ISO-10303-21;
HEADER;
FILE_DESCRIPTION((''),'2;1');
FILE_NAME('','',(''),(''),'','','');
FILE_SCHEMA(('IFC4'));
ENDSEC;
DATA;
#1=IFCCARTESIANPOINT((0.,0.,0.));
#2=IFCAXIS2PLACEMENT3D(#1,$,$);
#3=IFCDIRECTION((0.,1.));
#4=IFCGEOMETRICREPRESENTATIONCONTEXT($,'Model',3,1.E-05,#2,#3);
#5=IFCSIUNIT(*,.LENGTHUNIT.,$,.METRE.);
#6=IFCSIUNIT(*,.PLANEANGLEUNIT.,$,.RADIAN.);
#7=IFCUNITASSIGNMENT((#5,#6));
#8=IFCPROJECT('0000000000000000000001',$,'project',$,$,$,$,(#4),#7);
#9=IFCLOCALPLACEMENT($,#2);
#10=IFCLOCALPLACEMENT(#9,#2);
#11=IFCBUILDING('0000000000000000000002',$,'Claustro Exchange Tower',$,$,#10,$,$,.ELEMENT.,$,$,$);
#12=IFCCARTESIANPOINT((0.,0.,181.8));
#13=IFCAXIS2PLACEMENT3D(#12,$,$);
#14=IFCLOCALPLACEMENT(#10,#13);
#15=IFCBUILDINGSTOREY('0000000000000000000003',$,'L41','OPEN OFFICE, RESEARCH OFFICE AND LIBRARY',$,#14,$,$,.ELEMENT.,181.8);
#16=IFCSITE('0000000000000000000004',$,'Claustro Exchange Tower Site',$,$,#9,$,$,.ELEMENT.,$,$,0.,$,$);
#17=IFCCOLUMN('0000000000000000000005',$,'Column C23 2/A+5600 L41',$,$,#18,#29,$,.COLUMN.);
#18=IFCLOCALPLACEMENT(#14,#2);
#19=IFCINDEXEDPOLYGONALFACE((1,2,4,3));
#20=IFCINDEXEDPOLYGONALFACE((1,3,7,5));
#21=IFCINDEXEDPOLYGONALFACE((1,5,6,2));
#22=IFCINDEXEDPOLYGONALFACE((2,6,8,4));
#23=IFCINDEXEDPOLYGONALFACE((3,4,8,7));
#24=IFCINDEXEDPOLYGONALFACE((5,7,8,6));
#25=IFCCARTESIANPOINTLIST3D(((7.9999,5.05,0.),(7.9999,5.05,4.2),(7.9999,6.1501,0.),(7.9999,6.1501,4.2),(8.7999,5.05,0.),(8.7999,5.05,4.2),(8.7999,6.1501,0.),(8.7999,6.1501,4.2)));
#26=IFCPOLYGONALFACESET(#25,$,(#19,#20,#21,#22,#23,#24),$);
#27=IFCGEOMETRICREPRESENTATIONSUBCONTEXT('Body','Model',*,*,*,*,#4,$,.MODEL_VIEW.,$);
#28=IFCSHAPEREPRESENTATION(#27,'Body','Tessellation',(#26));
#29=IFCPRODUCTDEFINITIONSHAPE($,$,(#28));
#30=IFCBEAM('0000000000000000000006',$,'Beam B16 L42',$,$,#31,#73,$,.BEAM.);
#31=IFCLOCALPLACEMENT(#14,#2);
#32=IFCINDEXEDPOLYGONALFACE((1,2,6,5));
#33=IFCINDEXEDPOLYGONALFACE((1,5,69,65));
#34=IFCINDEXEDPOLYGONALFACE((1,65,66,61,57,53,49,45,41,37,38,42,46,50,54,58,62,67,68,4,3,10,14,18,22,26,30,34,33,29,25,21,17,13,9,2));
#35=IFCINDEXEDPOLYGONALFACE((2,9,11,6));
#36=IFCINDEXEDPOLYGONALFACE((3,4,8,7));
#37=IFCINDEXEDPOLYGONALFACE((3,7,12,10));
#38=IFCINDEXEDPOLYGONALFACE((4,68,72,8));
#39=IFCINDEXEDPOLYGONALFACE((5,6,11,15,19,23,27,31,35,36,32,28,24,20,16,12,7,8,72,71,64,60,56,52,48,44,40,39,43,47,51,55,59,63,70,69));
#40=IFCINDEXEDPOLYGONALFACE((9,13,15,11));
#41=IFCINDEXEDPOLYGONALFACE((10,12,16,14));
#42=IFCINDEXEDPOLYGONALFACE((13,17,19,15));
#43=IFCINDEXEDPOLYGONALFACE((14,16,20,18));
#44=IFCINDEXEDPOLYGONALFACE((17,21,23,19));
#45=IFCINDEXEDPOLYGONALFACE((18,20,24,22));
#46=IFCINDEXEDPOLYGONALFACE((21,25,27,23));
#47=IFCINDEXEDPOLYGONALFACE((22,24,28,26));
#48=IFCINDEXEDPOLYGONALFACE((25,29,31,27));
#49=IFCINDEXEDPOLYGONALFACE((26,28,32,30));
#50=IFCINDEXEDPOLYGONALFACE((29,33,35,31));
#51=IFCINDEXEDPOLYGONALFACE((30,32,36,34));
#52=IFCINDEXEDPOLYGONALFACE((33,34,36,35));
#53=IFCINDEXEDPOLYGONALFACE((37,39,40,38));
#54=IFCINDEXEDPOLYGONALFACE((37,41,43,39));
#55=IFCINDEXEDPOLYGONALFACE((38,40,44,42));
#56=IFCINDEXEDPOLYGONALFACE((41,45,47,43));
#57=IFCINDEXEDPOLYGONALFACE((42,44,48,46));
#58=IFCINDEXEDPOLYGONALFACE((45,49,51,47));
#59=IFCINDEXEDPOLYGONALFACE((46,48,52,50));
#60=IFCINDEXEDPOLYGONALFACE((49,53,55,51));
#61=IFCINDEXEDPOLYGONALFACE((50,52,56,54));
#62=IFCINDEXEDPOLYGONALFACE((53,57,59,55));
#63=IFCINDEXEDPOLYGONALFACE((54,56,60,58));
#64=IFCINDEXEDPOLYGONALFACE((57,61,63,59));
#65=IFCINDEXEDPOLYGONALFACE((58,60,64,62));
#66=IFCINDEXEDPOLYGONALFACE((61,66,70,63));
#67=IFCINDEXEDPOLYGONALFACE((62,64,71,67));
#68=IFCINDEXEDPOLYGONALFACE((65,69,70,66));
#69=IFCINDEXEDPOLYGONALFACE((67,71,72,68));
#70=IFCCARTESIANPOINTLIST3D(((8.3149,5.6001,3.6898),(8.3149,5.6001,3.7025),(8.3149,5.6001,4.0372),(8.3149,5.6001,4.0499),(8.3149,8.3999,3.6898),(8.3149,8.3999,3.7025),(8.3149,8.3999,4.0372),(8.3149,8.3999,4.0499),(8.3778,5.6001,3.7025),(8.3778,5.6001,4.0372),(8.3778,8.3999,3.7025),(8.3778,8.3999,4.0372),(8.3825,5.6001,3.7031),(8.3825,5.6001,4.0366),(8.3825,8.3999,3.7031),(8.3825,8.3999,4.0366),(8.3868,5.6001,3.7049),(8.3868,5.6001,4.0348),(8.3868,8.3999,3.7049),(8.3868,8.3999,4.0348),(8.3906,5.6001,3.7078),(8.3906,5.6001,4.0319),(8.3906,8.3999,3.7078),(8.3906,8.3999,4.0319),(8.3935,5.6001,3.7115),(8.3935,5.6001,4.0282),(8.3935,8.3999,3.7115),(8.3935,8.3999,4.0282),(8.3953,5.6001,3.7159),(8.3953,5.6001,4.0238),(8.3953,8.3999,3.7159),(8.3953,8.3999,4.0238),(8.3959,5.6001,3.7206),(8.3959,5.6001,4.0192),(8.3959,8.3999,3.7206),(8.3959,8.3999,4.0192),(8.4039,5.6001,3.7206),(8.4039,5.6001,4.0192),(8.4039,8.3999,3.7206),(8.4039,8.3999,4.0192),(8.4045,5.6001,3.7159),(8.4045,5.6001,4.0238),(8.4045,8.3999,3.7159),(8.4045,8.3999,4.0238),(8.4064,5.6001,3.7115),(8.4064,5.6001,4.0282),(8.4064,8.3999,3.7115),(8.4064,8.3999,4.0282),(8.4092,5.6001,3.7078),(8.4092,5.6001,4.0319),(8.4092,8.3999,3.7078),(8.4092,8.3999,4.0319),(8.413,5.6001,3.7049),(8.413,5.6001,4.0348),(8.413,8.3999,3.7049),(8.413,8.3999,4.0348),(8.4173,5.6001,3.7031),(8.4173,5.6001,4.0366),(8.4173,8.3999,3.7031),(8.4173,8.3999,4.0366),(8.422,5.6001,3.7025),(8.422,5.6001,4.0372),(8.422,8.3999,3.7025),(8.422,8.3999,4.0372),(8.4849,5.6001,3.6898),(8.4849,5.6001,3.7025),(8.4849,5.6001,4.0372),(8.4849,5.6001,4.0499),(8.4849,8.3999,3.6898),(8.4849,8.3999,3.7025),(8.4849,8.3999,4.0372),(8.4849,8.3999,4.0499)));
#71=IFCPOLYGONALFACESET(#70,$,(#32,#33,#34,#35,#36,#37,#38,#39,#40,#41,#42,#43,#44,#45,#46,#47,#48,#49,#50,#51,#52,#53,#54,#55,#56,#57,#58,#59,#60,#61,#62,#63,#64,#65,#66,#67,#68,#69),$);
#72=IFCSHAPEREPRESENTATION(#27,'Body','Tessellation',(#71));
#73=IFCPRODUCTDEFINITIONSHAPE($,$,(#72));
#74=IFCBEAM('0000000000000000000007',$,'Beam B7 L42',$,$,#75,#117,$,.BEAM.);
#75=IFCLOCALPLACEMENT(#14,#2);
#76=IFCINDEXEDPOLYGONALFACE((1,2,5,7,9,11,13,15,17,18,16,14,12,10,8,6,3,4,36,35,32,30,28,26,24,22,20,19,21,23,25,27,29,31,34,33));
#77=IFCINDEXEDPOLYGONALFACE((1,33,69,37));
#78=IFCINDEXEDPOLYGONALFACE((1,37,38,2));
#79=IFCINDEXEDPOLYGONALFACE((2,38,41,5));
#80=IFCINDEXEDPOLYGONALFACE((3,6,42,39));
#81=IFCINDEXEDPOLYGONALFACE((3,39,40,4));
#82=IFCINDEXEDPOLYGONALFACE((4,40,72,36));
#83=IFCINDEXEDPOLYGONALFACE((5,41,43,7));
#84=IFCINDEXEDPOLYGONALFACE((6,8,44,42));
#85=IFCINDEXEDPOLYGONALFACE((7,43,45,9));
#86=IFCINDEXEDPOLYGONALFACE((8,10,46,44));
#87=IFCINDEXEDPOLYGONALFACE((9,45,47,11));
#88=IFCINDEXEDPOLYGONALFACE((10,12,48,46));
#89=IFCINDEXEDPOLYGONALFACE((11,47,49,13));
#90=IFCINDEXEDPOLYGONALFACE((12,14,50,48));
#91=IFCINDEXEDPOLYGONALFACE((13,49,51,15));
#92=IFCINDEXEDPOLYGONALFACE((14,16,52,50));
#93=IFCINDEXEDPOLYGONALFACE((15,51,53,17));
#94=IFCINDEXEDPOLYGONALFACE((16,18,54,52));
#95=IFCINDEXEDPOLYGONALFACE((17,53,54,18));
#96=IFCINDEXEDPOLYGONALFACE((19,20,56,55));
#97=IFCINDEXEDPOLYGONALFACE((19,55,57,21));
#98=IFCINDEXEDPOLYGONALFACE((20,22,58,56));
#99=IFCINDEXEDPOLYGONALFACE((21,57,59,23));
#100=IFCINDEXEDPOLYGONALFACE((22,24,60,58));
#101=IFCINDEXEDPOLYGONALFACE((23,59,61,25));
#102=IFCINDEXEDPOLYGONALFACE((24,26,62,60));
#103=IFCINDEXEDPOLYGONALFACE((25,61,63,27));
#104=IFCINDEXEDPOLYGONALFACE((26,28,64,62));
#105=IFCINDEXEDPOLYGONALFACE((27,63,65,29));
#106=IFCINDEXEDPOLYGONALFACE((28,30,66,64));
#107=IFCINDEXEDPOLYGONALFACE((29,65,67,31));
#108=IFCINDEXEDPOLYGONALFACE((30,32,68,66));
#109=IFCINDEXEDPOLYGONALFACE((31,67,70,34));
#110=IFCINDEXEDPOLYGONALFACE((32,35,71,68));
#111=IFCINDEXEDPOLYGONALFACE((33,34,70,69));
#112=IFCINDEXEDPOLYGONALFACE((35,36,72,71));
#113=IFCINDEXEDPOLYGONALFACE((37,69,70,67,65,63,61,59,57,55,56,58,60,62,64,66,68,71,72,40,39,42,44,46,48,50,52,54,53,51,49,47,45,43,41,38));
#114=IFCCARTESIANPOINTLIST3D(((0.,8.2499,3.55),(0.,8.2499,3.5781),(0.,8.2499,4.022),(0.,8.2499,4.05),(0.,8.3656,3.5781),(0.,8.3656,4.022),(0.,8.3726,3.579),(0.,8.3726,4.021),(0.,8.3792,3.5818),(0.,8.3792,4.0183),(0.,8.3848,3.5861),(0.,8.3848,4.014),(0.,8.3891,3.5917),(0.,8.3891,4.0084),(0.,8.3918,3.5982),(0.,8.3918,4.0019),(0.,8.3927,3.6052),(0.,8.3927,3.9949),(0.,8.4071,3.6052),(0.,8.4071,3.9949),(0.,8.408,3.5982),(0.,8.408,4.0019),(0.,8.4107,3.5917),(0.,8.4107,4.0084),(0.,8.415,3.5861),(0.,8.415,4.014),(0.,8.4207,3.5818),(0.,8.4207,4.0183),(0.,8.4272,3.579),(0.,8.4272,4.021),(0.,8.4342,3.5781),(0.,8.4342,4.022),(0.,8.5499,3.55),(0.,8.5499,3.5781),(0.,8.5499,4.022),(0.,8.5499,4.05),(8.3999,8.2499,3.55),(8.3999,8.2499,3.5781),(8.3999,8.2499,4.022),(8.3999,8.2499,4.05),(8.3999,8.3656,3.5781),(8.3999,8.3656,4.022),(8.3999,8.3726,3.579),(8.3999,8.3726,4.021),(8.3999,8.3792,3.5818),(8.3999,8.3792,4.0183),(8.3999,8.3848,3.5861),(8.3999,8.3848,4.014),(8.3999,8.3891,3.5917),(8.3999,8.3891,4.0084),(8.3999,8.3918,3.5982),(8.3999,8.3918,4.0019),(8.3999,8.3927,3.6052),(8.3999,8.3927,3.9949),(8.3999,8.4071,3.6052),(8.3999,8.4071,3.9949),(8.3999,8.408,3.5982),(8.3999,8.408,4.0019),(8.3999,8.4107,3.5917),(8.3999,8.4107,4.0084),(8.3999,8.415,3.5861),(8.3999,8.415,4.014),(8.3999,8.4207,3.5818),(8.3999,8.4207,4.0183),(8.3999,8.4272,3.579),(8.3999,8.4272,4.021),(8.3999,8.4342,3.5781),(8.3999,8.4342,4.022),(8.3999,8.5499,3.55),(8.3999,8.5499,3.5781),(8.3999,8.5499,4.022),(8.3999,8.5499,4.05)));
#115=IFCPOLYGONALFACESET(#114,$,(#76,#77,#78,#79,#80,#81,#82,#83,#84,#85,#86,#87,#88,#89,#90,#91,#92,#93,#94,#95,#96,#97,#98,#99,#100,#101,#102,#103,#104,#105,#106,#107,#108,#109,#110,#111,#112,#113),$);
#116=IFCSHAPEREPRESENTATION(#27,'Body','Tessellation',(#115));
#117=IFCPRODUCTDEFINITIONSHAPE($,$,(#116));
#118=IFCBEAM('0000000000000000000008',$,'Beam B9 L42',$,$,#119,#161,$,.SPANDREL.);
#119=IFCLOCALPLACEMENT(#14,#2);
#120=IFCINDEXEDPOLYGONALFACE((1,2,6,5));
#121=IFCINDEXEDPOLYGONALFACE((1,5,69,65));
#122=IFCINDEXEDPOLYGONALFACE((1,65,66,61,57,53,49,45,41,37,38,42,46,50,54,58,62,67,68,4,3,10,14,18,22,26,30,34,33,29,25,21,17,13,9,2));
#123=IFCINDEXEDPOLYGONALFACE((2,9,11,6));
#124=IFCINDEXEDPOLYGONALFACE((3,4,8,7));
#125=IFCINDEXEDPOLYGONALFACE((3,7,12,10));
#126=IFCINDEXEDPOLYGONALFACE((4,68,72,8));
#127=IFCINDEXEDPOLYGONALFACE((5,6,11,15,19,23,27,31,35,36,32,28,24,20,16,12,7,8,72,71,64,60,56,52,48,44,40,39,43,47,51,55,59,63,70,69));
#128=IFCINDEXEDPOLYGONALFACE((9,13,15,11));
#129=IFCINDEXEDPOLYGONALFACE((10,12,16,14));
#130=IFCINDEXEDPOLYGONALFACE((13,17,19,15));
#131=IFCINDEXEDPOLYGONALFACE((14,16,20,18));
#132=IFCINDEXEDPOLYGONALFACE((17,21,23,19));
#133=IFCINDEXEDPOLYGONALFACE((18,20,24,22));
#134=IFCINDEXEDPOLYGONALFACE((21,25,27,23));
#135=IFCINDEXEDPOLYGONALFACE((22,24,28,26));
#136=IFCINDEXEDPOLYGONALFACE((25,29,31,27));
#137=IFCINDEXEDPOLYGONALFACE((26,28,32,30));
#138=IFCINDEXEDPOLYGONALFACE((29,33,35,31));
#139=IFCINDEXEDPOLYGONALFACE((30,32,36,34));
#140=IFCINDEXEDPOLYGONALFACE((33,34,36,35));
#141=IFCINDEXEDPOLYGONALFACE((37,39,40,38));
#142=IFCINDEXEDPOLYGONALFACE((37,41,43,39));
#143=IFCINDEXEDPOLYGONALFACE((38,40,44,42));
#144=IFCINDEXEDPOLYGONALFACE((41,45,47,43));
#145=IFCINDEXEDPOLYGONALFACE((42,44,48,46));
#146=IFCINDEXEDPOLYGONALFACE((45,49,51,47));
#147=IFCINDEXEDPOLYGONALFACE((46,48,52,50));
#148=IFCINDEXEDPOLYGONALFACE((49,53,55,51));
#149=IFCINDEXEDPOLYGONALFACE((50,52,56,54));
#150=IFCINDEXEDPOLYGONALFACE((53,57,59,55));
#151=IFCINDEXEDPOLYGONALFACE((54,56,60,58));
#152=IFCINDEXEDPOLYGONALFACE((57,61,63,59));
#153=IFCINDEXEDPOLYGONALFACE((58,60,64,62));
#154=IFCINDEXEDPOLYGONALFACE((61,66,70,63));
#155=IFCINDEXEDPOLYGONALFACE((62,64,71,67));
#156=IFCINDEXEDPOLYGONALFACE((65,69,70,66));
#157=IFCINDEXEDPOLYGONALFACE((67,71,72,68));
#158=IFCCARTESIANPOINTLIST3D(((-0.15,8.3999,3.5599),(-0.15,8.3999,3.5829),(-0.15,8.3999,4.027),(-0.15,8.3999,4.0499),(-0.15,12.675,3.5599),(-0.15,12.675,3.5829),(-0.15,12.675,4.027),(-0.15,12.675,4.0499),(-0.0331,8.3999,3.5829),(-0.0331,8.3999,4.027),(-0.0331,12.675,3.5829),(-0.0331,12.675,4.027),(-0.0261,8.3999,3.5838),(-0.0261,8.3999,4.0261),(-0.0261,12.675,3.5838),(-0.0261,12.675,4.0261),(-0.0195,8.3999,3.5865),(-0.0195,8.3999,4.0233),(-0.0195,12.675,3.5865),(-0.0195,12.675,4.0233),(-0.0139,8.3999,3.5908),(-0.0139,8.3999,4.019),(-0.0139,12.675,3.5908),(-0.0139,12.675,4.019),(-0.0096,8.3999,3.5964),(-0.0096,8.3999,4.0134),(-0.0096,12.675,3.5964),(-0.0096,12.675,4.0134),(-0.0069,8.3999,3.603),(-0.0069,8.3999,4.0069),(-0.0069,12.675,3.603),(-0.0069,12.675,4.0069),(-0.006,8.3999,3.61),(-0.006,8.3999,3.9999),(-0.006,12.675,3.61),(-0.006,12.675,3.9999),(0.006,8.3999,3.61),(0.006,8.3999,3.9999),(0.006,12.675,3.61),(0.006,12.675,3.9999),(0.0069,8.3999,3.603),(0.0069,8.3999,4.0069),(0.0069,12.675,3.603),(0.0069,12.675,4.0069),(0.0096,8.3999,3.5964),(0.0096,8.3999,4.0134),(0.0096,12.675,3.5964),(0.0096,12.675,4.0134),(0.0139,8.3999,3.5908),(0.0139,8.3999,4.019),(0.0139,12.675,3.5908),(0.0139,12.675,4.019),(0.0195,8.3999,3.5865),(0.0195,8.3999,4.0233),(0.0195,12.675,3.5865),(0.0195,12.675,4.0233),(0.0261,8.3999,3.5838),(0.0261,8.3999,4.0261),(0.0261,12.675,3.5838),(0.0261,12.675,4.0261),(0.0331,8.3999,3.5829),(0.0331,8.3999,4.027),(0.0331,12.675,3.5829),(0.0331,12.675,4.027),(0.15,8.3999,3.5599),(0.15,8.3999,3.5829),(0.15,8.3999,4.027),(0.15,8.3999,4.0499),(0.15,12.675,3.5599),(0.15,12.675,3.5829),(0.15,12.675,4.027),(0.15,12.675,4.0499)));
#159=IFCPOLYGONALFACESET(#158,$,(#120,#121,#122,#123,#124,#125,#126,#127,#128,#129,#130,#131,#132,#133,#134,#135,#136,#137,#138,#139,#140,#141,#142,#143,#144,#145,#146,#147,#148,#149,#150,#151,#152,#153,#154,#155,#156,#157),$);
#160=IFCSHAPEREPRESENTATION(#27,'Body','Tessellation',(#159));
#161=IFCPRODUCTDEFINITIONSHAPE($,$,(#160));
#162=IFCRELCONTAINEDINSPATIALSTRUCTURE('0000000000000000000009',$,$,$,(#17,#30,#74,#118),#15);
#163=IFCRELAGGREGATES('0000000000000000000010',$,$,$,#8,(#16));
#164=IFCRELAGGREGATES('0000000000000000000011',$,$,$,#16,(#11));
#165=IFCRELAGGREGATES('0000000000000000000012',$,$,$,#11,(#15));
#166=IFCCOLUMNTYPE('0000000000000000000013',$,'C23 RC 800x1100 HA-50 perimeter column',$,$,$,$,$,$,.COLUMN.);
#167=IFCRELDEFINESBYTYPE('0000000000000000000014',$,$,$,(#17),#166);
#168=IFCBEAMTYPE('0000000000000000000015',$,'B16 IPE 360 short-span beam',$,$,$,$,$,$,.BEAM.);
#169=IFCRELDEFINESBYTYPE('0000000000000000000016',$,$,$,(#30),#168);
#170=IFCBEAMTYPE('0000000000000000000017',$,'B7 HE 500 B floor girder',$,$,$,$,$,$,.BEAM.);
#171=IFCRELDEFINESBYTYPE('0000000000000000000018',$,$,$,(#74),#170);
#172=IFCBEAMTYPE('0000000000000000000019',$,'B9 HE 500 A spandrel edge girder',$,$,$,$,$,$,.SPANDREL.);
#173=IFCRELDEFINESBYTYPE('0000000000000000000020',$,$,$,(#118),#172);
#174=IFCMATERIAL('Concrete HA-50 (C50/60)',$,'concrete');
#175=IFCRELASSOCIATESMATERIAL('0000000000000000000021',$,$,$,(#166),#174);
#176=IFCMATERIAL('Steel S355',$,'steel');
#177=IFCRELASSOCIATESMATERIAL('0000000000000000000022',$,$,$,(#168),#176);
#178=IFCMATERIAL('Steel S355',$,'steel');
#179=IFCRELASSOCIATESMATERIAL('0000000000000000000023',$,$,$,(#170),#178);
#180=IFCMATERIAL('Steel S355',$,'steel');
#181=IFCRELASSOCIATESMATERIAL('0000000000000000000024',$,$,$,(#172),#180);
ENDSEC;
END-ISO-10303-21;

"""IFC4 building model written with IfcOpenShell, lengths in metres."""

from ifc_helpers import new_model, si_unit, direction, frame, origin, origin_2d, place, context, subcontext, project, spatial, rectangle, i_section, extrude, material, material_profile, profile_set, type_object, element, save


model = new_model("IFC4")

# Units and contexts
model_context = context("Model", 3, precision=1e-05, world=origin(), true_north=direction((0.0, 1.0)))
body_context = subcontext(model_context, "Body", "Model", "MODEL_VIEW")
ifc_project = project(units=[si_unit("LENGTHUNIT", "METRE"), si_unit("PLANEANGLEUNIT", "RADIAN")], contexts=[model_context])

# Site, building, storey
site_placement = place(None, origin())
site = spatial("IfcSite", under=ifc_project, at=site_placement, Name="Claustro Exchange Tower Site", CompositionType="ELEMENT", RefElevation=0.0)
building_placement = place(site_placement, origin())
building = spatial("IfcBuilding", under=site, at=building_placement, Name="Claustro Exchange Tower", CompositionType="ELEMENT")
storey_placement = place(building_placement, frame((0.0, 0.0, 181.8)))
storey = spatial("IfcBuildingStorey", under=building, at=storey_placement, Name="L41", Description="OPEN OFFICE, RESEARCH OFFICE AND LIBRARY", CompositionType="ELEMENT", Elevation=181.8)

# Column
ifc_material_1 = material(Name="Concrete HA-50 (C50/60)", Category="concrete")
ifc_material_profile_1 = material_profile(ifc_material_1, rectangle(XDim=0.8, YDim=1.1001, at=origin_2d()), Name="RC 800x1100")
ifc_profile_set_1 = profile_set([ifc_material_profile_1], Name="Concrete HA-50 (C50/60)")
column_type = type_object("IfcColumnType", Name="C23 RC 800x1100 HA-50 perimeter column", PredefinedType="COLUMN", material=ifc_profile_set_1)
column_placement = place(storey_placement, frame((8.3999, 5.6001, 0.0), z_axis=(0.0, 0.0, 1.0), x_axis=(1.0, 0.0, 0.0)))
element("IfcColumn", 1, at=column_placement, inside=storey, type_object=column_type, Name="Column C23 2/A+5600 L41", PredefinedType="COLUMN", context=body_context, shape_type="SweptSolid", body=[
    extrude(rectangle(XDim=0.8, YDim=1.1001, at=origin_2d()), origin(), (0.0, 0.0, 1.0), 4.2),
])

# Beams
ifc_material_2 = material(Name="Steel S355", Category="steel")
ifc_material_profile_2 = material_profile(ifc_material_2, i_section(OverallWidth=0.1699, OverallDepth=0.3601, WebThickness=0.0081, FlangeThickness=0.0127, FilletRadius=0.0181, at=origin_2d()), Name="IPE 360")
ifc_profile_set_2 = profile_set([ifc_material_profile_2], Name="Steel S355")
beam_type_1 = type_object("IfcBeamType", Name="B16 IPE 360 short-span beam", PredefinedType="BEAM", material=ifc_profile_set_2)
beam_1_placement = place(storey_placement, frame((8.3999, 5.6001, 3.8699), z_axis=(0.0, 1.0, 0.0), x_axis=(-1.0, 0.0, 0.0)))
element("IfcBeam", 2, at=beam_1_placement, inside=storey, type_object=beam_type_1, Name="Beam B16 L42", PredefinedType="BEAM", context=body_context, shape_type="SweptSolid", body=[
    extrude(i_section(OverallWidth=0.1699, OverallDepth=0.3601, WebThickness=0.0081, FlangeThickness=0.0127, FilletRadius=0.0181, at=origin_2d()), origin(), (0.0, 0.0, 1.0), 2.7998),
])
ifc_material_3 = material(Name="Steel S355", Category="steel")
ifc_material_profile_3 = material_profile(ifc_material_3, i_section(OverallWidth=0.3, OverallDepth=0.5, WebThickness=0.0144, FlangeThickness=0.0281, FilletRadius=0.0271, at=origin_2d()), Name="HE 500 B")
ifc_profile_set_3 = profile_set([ifc_material_profile_3], Name="Steel S355")
beam_type_2 = type_object("IfcBeamType", Name="B7 HE 500 B floor girder", PredefinedType="BEAM", material=ifc_profile_set_3)
beam_2_placement = place(storey_placement, frame((0.0, 8.3999, 3.8), z_axis=(1.0, 0.0, 0.0), x_axis=(0.0, 1.0, 0.0)))
element("IfcBeam", 3, at=beam_2_placement, inside=storey, type_object=beam_type_2, Name="Beam B7 L42", PredefinedType="BEAM", context=body_context, shape_type="SweptSolid", body=[
    extrude(i_section(OverallWidth=0.3, OverallDepth=0.5, WebThickness=0.0144, FlangeThickness=0.0281, FilletRadius=0.0271, at=origin_2d()), origin(), (0.0, 0.0, 1.0), 8.3999),
])
ifc_material_4 = material(Name="Steel S355", Category="steel")
ifc_material_profile_4 = material_profile(ifc_material_4, i_section(OverallWidth=0.3, OverallDepth=0.49, WebThickness=0.012, FlangeThickness=0.0229, FilletRadius=0.0271, at=origin_2d()), Name="HE 500 A")
ifc_profile_set_4 = profile_set([ifc_material_profile_4], Name="Steel S355")
beam_type_3 = type_object("IfcBeamType", Name="B9 HE 500 A spandrel edge girder", PredefinedType="SPANDREL", material=ifc_profile_set_4)
beam_3_placement = place(storey_placement, frame((0.0, 8.3999, 3.8049), z_axis=(0.0, 1.0, 0.0), x_axis=(-1.0, 0.0, 0.0)))
element("IfcBeam", 4, at=beam_3_placement, inside=storey, type_object=beam_type_3, Name="Beam B9 L42", PredefinedType="SPANDREL", context=body_context, shape_type="SweptSolid", body=[
    extrude(i_section(OverallWidth=0.3, OverallDepth=0.49, WebThickness=0.012, FlangeThickness=0.0229, FilletRadius=0.0271, at=origin_2d()), origin(), (0.0, 0.0, 1.0), 4.2751),
])

save(model, "model.ifc")
